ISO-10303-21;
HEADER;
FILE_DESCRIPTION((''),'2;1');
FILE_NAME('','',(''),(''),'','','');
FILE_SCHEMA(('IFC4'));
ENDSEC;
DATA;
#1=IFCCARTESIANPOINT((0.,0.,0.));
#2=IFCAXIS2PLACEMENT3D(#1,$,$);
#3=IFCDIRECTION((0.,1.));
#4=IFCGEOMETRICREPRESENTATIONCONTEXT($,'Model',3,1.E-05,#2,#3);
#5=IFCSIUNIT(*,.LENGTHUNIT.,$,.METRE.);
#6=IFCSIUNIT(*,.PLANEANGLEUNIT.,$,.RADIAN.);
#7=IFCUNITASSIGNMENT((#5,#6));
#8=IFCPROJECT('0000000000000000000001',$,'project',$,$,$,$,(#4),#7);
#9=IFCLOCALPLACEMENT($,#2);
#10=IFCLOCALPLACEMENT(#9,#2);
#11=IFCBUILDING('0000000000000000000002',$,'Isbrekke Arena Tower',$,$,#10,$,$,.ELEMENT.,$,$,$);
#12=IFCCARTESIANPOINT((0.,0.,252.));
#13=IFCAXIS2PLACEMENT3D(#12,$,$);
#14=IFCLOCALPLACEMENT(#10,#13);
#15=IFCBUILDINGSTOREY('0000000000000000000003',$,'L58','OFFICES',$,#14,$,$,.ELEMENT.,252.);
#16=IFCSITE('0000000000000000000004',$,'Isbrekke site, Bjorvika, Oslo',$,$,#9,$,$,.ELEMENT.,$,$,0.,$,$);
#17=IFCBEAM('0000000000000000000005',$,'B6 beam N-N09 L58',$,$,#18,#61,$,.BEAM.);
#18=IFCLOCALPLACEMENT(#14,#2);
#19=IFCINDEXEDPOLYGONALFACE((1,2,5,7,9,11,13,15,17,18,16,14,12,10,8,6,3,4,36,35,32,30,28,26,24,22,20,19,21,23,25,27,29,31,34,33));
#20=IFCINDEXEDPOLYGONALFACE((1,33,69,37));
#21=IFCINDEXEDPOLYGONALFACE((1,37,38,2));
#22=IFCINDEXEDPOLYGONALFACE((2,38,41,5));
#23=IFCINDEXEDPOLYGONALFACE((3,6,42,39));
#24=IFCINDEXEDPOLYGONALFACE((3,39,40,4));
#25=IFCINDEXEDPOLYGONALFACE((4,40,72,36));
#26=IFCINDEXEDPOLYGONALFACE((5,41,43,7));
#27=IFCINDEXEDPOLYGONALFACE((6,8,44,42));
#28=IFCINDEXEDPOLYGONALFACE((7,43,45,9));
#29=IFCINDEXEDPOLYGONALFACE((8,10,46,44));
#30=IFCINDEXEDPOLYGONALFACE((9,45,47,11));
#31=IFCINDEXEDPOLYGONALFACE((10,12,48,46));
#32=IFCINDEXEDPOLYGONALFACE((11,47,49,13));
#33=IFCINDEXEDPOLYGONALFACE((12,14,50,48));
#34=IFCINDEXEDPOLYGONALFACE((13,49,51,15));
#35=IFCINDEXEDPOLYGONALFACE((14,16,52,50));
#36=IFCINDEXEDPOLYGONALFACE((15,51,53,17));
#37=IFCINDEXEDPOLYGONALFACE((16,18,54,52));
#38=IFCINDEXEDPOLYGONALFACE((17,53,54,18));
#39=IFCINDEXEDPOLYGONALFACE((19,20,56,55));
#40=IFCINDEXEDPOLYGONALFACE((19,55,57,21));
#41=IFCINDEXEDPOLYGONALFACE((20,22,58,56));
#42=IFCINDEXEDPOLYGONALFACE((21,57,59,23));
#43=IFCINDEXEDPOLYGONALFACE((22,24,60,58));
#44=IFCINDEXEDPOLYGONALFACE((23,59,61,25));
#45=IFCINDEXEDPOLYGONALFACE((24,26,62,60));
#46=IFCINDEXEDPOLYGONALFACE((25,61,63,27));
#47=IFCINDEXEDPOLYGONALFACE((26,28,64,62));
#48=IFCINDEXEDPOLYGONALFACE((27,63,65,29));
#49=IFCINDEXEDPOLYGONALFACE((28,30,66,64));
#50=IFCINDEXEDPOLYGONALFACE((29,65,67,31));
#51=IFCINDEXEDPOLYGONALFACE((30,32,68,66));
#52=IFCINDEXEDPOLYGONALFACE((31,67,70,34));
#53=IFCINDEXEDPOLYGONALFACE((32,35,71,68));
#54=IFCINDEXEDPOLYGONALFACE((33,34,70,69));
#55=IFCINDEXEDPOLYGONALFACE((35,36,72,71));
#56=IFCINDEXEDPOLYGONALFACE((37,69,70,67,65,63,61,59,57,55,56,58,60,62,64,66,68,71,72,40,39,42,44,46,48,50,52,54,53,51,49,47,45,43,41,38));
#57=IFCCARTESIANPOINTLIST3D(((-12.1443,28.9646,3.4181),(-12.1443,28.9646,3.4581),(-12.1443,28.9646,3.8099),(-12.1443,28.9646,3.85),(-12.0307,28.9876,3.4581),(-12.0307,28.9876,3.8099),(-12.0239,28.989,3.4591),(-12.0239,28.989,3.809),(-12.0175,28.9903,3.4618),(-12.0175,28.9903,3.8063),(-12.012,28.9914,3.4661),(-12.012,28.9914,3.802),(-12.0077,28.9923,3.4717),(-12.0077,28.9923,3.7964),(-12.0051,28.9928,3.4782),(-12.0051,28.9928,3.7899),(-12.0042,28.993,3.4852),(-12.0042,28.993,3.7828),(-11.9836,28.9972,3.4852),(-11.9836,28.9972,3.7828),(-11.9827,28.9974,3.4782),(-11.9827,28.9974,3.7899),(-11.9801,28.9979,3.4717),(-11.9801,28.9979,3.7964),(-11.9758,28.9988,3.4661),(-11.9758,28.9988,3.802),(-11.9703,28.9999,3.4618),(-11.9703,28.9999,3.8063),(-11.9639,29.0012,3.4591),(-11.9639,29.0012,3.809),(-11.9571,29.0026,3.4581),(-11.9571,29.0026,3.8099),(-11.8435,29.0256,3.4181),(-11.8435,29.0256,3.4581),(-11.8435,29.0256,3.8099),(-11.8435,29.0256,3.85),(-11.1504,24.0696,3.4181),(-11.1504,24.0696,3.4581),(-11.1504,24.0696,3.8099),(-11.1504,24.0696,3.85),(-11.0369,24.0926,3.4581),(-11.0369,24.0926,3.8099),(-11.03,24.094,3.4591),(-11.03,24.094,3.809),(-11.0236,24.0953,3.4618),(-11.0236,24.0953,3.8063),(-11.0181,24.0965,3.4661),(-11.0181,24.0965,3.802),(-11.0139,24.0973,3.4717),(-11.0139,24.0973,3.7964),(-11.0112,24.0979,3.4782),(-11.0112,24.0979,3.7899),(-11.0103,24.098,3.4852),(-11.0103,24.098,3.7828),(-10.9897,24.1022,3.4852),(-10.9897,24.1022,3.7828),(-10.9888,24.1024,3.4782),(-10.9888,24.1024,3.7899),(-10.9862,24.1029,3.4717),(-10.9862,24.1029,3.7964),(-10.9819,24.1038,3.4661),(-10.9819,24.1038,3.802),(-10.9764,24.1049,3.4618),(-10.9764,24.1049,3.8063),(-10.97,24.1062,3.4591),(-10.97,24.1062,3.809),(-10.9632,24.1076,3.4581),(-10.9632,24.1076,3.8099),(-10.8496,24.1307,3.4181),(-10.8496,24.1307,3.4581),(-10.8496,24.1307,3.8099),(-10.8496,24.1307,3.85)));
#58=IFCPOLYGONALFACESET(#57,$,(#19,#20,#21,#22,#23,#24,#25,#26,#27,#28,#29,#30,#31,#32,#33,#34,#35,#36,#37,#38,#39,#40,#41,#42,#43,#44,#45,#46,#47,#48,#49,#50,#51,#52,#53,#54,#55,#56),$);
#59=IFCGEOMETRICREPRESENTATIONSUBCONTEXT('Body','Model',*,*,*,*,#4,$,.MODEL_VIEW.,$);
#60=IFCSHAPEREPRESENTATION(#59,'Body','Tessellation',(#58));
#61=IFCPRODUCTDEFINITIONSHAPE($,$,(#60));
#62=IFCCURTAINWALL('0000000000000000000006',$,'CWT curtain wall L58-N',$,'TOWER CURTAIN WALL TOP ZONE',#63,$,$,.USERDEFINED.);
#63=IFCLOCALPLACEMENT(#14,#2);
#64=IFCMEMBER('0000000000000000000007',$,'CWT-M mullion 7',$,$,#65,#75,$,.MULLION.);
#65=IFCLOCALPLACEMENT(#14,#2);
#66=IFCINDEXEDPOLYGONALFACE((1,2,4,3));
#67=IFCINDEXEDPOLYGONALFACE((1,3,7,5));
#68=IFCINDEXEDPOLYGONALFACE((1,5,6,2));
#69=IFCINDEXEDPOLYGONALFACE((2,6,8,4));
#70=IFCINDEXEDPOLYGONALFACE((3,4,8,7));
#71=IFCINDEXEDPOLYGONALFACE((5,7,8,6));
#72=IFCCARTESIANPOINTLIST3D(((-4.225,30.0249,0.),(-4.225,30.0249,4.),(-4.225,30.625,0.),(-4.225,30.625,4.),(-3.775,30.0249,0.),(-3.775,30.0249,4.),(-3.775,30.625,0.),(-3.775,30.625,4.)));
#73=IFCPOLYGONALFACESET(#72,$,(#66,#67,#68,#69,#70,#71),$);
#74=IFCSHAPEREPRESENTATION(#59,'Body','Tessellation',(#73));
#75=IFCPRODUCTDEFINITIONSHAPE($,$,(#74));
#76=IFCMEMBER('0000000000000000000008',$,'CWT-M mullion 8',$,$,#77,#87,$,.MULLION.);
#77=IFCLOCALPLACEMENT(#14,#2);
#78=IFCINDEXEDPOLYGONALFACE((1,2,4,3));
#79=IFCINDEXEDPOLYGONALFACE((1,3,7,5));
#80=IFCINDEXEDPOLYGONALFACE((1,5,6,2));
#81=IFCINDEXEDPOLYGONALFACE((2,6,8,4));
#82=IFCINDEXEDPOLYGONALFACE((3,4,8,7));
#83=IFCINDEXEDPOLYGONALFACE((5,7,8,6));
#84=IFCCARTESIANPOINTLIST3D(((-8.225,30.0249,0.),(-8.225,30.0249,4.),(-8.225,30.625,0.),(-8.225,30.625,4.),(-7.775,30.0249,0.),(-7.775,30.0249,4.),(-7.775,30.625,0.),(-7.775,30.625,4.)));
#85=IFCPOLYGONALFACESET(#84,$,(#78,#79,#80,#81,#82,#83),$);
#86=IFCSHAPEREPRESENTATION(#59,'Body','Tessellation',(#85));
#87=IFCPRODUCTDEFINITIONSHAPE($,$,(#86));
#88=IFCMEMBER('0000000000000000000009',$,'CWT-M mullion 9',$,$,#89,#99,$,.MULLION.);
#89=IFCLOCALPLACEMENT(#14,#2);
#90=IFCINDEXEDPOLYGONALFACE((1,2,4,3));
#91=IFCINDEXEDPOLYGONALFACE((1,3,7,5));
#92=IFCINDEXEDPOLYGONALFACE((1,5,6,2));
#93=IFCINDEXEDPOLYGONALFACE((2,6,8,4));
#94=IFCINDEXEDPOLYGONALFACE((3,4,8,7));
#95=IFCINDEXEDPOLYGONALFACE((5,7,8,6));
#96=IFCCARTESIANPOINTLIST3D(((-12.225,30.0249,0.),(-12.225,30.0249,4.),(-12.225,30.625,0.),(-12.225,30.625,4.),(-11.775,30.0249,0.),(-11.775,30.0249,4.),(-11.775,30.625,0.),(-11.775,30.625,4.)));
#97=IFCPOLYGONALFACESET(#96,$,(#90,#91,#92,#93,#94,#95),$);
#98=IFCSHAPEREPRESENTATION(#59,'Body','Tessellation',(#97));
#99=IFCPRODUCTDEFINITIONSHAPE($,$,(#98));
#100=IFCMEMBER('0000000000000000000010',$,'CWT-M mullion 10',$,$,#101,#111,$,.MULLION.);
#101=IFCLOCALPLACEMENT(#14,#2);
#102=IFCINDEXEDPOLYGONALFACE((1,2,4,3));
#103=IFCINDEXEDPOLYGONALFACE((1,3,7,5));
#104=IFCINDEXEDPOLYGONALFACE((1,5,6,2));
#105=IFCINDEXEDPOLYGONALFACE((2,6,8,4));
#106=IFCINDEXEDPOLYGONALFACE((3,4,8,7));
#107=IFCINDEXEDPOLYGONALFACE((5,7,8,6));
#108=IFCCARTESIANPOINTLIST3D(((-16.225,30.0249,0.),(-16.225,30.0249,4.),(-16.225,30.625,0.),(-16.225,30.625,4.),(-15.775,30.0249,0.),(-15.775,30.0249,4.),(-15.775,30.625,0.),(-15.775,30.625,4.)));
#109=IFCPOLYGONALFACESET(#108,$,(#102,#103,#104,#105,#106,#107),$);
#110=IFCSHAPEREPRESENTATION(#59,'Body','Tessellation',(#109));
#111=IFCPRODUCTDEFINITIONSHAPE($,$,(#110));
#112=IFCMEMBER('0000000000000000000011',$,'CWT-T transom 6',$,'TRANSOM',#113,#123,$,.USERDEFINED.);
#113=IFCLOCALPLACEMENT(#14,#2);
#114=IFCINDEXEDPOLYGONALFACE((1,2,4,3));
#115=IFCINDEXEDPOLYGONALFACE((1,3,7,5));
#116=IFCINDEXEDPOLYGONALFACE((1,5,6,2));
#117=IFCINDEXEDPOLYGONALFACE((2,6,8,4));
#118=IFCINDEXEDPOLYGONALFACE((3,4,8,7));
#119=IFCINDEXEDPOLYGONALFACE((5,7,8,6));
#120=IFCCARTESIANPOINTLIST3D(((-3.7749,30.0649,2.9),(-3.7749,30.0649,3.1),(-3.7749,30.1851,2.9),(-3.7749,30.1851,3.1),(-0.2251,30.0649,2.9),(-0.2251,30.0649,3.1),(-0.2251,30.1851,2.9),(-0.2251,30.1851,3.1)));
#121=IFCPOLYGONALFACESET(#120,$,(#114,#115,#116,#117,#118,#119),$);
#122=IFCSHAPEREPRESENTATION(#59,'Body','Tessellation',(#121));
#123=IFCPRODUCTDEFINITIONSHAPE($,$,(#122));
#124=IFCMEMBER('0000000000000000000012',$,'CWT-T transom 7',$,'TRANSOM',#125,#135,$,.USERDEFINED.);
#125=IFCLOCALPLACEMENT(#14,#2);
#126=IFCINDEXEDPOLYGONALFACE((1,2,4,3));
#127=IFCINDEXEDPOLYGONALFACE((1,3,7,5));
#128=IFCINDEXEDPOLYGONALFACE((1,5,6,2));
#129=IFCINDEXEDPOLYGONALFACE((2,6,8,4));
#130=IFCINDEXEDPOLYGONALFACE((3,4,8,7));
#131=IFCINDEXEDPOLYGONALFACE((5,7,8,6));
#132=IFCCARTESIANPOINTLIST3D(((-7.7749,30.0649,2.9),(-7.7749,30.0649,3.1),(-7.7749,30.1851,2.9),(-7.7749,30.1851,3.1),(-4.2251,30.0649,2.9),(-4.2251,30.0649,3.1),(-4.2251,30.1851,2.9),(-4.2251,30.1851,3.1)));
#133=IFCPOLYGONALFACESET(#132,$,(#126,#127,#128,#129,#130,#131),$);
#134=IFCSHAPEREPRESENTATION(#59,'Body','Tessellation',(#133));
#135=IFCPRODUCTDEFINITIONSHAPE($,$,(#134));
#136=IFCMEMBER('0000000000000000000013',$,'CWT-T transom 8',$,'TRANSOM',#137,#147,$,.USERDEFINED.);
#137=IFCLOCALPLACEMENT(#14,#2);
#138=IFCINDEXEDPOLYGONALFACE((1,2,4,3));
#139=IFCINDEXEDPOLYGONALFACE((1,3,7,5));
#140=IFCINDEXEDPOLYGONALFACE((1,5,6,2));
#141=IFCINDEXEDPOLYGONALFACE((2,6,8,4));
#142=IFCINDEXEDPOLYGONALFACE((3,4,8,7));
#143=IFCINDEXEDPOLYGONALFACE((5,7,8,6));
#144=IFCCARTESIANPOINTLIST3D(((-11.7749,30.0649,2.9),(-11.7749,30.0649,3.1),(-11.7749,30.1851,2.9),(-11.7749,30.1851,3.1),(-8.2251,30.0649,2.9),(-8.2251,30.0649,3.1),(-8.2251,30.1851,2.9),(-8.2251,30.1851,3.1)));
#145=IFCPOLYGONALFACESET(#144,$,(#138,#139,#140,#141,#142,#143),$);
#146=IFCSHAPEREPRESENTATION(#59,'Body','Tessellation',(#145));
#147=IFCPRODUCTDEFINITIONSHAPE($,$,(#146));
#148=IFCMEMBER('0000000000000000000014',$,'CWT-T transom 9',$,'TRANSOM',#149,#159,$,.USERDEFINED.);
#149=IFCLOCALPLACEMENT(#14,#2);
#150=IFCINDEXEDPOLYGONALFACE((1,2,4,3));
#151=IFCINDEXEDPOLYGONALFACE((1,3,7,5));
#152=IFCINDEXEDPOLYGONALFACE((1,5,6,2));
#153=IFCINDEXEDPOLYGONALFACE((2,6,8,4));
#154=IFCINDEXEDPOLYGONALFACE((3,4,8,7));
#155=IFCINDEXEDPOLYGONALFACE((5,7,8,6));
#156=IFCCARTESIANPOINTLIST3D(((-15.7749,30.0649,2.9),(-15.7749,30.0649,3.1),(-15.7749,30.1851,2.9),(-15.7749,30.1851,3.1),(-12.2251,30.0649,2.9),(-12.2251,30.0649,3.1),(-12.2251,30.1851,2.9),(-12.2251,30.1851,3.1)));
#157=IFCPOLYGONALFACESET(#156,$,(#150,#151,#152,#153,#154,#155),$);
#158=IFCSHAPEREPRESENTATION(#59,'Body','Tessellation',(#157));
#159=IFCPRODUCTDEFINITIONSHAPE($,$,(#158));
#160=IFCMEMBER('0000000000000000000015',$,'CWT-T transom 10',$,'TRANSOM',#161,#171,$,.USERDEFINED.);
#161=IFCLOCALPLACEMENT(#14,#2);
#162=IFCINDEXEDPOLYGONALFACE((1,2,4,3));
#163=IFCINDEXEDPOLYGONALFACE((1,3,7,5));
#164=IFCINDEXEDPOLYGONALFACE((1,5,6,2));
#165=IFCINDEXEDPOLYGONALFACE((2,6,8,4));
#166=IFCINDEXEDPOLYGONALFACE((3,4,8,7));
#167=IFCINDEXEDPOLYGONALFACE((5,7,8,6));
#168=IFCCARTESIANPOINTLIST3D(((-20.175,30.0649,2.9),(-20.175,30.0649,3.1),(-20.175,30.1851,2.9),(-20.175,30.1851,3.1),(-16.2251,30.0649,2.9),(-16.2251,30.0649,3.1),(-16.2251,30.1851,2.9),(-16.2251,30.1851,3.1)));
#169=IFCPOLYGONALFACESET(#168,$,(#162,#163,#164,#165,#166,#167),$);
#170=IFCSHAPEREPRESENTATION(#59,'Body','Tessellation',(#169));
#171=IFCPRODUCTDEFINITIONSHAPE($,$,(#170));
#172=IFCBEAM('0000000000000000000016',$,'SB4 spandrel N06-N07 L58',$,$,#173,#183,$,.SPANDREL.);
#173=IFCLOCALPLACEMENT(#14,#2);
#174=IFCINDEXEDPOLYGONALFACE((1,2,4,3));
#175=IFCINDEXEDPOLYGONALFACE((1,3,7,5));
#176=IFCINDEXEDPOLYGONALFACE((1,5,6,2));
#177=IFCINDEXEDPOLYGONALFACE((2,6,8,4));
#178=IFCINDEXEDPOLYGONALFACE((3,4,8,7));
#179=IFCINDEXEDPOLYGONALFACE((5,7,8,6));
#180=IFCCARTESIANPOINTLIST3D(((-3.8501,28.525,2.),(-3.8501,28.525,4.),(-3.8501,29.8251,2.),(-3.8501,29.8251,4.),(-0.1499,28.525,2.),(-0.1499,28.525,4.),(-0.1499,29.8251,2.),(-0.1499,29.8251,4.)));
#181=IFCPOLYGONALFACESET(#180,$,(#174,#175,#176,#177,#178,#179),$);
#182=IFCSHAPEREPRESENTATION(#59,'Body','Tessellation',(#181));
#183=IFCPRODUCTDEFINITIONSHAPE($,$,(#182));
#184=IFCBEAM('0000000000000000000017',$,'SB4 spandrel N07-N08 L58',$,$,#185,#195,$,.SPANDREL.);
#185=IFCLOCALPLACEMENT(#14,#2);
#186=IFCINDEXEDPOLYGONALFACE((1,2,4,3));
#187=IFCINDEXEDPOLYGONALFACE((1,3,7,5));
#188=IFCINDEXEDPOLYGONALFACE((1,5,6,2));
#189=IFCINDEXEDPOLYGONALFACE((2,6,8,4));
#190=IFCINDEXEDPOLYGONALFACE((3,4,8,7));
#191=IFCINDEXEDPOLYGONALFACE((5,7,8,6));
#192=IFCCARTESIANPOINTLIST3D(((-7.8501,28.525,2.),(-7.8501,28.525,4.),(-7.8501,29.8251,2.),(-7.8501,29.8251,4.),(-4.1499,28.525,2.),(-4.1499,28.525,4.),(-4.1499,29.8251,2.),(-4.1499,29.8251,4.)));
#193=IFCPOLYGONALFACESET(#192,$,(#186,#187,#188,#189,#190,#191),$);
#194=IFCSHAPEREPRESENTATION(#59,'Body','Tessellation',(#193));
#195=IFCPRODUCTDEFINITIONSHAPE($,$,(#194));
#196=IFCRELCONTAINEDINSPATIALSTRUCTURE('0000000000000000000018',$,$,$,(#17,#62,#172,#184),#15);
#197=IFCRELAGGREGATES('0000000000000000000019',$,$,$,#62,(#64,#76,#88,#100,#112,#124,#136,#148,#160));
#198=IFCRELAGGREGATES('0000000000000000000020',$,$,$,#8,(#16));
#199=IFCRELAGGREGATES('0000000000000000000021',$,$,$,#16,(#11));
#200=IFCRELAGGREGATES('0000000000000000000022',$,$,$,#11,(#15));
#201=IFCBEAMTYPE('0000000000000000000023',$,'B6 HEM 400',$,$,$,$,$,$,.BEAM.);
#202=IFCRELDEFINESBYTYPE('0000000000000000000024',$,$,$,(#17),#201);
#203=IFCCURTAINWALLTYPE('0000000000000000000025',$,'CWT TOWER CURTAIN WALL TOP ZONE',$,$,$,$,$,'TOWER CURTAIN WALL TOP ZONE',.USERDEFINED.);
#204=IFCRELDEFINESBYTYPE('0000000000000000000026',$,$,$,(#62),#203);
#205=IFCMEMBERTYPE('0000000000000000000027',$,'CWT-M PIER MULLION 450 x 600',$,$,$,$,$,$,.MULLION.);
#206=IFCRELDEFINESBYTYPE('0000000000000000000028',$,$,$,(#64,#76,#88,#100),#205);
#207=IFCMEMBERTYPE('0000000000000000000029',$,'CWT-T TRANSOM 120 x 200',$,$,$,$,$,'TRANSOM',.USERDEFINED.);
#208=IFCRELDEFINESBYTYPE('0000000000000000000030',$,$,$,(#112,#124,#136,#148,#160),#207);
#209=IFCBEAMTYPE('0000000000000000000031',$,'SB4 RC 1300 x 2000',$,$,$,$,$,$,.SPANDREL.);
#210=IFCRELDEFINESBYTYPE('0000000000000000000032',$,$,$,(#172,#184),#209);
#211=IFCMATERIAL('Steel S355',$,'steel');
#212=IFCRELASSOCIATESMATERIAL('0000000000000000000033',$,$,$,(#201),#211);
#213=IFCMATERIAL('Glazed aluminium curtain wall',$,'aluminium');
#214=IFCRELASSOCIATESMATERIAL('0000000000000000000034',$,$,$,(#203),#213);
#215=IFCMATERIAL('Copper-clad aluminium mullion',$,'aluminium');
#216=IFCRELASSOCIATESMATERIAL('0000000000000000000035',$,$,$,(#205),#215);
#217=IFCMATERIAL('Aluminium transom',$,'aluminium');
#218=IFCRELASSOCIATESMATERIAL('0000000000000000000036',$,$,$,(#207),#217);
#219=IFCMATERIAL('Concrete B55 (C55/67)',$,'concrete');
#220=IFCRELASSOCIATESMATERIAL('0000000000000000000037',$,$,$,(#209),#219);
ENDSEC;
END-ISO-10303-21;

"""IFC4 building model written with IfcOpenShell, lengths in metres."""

from ifc_helpers import new_model, si_unit, direction, frame, origin, origin_2d, place, context, subcontext, project, spatial, rectangle, i_section, extrude, material, material_profile, profile_set, type_object, element, aggregate, save


model = new_model("IFC4")

# Units and contexts
model_context = context("Model", 3, precision=1e-05, world=origin(), true_north=direction((0.0, 1.0)))
body_context = subcontext(model_context, "Body", "Model", "MODEL_VIEW")
ifc_project = project(units=[si_unit("LENGTHUNIT", "METRE"), si_unit("PLANEANGLEUNIT", "RADIAN")], contexts=[model_context])

# Site, building, storey
site_placement = place(None, origin())
site = spatial("IfcSite", under=ifc_project, at=site_placement, Name="Isbrekke site, Bjorvika, Oslo", CompositionType="ELEMENT", RefElevation=0.0)
building_placement = place(site_placement, origin())
building = spatial("IfcBuilding", under=site, at=building_placement, Name="Isbrekke Arena Tower", CompositionType="ELEMENT")
storey_placement = place(building_placement, frame((0.0, 0.0, 252.0)))
storey = spatial("IfcBuildingStorey", under=building, at=storey_placement, Name="L58", Description="OFFICES", CompositionType="ELEMENT", Elevation=252.0)

# Beam
ifc_material_1 = material(Name="Steel S355", Category="steel")
ifc_material_profile_1 = material_profile(ifc_material_1, i_section(OverallWidth=0.3069, OverallDepth=0.4319, WebThickness=0.021, FlangeThickness=0.04, FilletRadius=0.0271, at=origin_2d()), Name="HEM 400")
ifc_profile_set_1 = profile_set([ifc_material_profile_1], Name="Steel S355")
beam_type_1 = type_object("IfcBeamType", Name="B6 HEM 400", PredefinedType="BEAM", material=ifc_profile_set_1)
beam_1_placement = place(storey_placement, frame((-11.9939, 28.9951, 3.634), z_axis=(0.198982, -0.980003, 0.0), x_axis=(0.980003, 0.198982, 0.0)))
element("IfcBeam", 1, at=beam_1_placement, inside=storey, type_object=beam_type_1, Name="B6 beam N-N09 L58", PredefinedType="BEAM", context=body_context, shape_type="SweptSolid", body=[
    extrude(i_section(OverallWidth=0.3069, OverallDepth=0.4319, WebThickness=0.021, FlangeThickness=0.04, FilletRadius=0.0271, at=origin_2d()), origin(), (0.0, 0.0, 1.0), 4.9949),
])

# Curtain wall, members
ifc_material_2 = material(Name="Glazed aluminium curtain wall", Category="aluminium")
curtain_wall_type = type_object("IfcCurtainWallType", Name="CWT TOWER CURTAIN WALL TOP ZONE", ElementType="TOWER CURTAIN WALL TOP ZONE", PredefinedType="USERDEFINED", material=ifc_material_2)
curtain_wall_placement = place(storey_placement, origin())
curtain_wall = element("IfcCurtainWall", 2, at=curtain_wall_placement, inside=storey, type_object=curtain_wall_type, Name="CWT curtain wall L58-N", ObjectType="TOWER CURTAIN WALL TOP ZONE", PredefinedType="USERDEFINED")
ifc_material_3 = material(Name="Copper-clad aluminium mullion", Category="aluminium")
ifc_material_profile_2 = material_profile(ifc_material_3, rectangle(XDim=0.45, YDim=0.6001, at=origin_2d()), Name="PIER 450X600")
ifc_profile_set_2 = profile_set([ifc_material_profile_2], Name="Copper-clad aluminium mullion")
member_type_1 = type_object("IfcMemberType", Name="CWT-M PIER MULLION 450 x 600", PredefinedType="MULLION", material=ifc_profile_set_2)
member_1_placement = place(storey_placement, frame((-4.0, 30.325, 0.0), z_axis=(0.0, 0.0, 1.0), x_axis=(-1.0, 0.0, 0.0)))
member_1 = element("IfcMember", 3, at=member_1_placement, type_object=member_type_1, Name="CWT-M mullion 7", PredefinedType="MULLION", context=body_context, shape_type="SweptSolid", body=[
    extrude(rectangle(XDim=0.45, YDim=0.6001, at=origin_2d()), origin(), (0.0, 0.0, 1.0), 4.0),
])
member_2_placement = place(storey_placement, frame((-8.0, 30.325, 0.0), z_axis=(0.0, 0.0, 1.0), x_axis=(-1.0, 0.0, 0.0)))
member_2 = element("IfcMember", 4, at=member_2_placement, type_object=member_type_1, Name="CWT-M mullion 8", PredefinedType="MULLION", context=body_context, shape_type="SweptSolid", body=[
    extrude(rectangle(XDim=0.45, YDim=0.6001, at=origin_2d()), origin(), (0.0, 0.0, 1.0), 4.0),
])
member_3_placement = place(storey_placement, frame((-12.0, 30.325, 0.0), z_axis=(0.0, 0.0, 1.0), x_axis=(-1.0, 0.0, 0.0)))
member_3 = element("IfcMember", 5, at=member_3_placement, type_object=member_type_1, Name="CWT-M mullion 9", PredefinedType="MULLION", context=body_context, shape_type="SweptSolid", body=[
    extrude(rectangle(XDim=0.45, YDim=0.6001, at=origin_2d()), origin(), (0.0, 0.0, 1.0), 4.0),
])
member_4_placement = place(storey_placement, frame((-16.0, 30.325, 0.0), z_axis=(0.0, 0.0, 1.0), x_axis=(-1.0, 0.0, 0.0)))
member_4 = element("IfcMember", 6, at=member_4_placement, type_object=member_type_1, Name="CWT-M mullion 10", PredefinedType="MULLION", context=body_context, shape_type="SweptSolid", body=[
    extrude(rectangle(XDim=0.45, YDim=0.6001, at=origin_2d()), origin(), (0.0, 0.0, 1.0), 4.0),
])
ifc_material_4 = material(Name="Aluminium transom", Category="aluminium")
ifc_material_profile_3 = material_profile(ifc_material_4, rectangle(XDim=0.1201, YDim=0.2, at=origin_2d()), Name="TRANSOM 120X200")
ifc_profile_set_3 = profile_set([ifc_material_profile_3], Name="Aluminium transom")
member_type_2 = type_object("IfcMemberType", Name="CWT-T TRANSOM 120 x 200", ElementType="TRANSOM", PredefinedType="USERDEFINED", material=ifc_profile_set_3)
member_5_placement = place(storey_placement, frame((-0.2251, 30.125, 3.0), z_axis=(-1.0, 0.0, 0.0), x_axis=(0.0, -1.0, 0.0)))
member_5 = element("IfcMember", 7, at=member_5_placement, type_object=member_type_2, Name="CWT-T transom 6", ObjectType="TRANSOM", PredefinedType="USERDEFINED", context=body_context, shape_type="SweptSolid", body=[
    extrude(rectangle(XDim=0.1201, YDim=0.2, at=origin_2d()), origin(), (0.0, 0.0, 1.0), 3.5498),
])
member_6_placement = place(storey_placement, frame((-4.2251, 30.125, 3.0), z_axis=(-1.0, 0.0, 0.0), x_axis=(0.0, -1.0, 0.0)))
member_6 = element("IfcMember", 8, at=member_6_placement, type_object=member_type_2, Name="CWT-T transom 7", ObjectType="TRANSOM", PredefinedType="USERDEFINED", context=body_context, shape_type="SweptSolid", body=[
    extrude(rectangle(XDim=0.1201, YDim=0.2, at=origin_2d()), origin(), (0.0, 0.0, 1.0), 3.5498),
])
member_7_placement = place(storey_placement, frame((-8.2251, 30.125, 3.0), z_axis=(-1.0, 0.0, 0.0), x_axis=(0.0, -1.0, 0.0)))
member_7 = element("IfcMember", 9, at=member_7_placement, type_object=member_type_2, Name="CWT-T transom 8", ObjectType="TRANSOM", PredefinedType="USERDEFINED", context=body_context, shape_type="SweptSolid", body=[
    extrude(rectangle(XDim=0.1201, YDim=0.2, at=origin_2d()), origin(), (0.0, 0.0, 1.0), 3.5498),
])
member_8_placement = place(storey_placement, frame((-12.2251, 30.125, 3.0), z_axis=(-1.0, 0.0, 0.0), x_axis=(0.0, -1.0, 0.0)))
member_8 = element("IfcMember", 10, at=member_8_placement, type_object=member_type_2, Name="CWT-T transom 9", ObjectType="TRANSOM", PredefinedType="USERDEFINED", context=body_context, shape_type="SweptSolid", body=[
    extrude(rectangle(XDim=0.1201, YDim=0.2, at=origin_2d()), origin(), (0.0, 0.0, 1.0), 3.5498),
])
member_9_placement = place(storey_placement, frame((-16.2251, 30.125, 3.0), z_axis=(-1.0, 0.0, 0.0), x_axis=(0.0, -1.0, 0.0)))
member_9 = element("IfcMember", 11, at=member_9_placement, type_object=member_type_2, Name="CWT-T transom 10", ObjectType="TRANSOM", PredefinedType="USERDEFINED", context=body_context, shape_type="SweptSolid", body=[
    extrude(rectangle(XDim=0.1201, YDim=0.2, at=origin_2d()), origin(), (0.0, 0.0, 1.0), 3.95),
])

# Beams
ifc_material_5 = material(Name="Concrete B55 (C55/67)", Category="concrete")
ifc_material_profile_4 = material_profile(ifc_material_5, rectangle(XDim=1.3, YDim=2.0, at=origin_2d()), Name="RC 1300x2000")
ifc_profile_set_4 = profile_set([ifc_material_profile_4], Name="Concrete B55 (C55/67)")
beam_type_2 = type_object("IfcBeamType", Name="SB4 RC 1300 x 2000", PredefinedType="SPANDREL", material=ifc_profile_set_4)
for number, where, z_axis, x_axis, name in (
    (12, (-0.1499, 29.175, 3.0), (-1.0, 0.0, 0.0), (0.0, -1.0, 0.0), "SB4 spandrel N06-N07 L58"),
    (13, (-4.1499, 29.175, 3.0), (-1.0, 0.0, 0.0), (0.0, -1.0, 0.0), "SB4 spandrel N07-N08 L58"),
):
    element("IfcBeam", number, at=place(storey_placement, frame(where, z_axis=z_axis, x_axis=x_axis)), inside=storey, type_object=beam_type_2, Name=name, PredefinedType="SPANDREL", context=body_context, shape_type="SweptSolid", body=[
        extrude(rectangle(XDim=1.3, YDim=2.0, at=origin_2d()), origin(), (0.0, 0.0, 1.0), 3.7002),
    ])

aggregate(curtain_wall, [member_1, member_2, member_3, member_4, member_5, member_6, member_7, member_8, member_9])

save(model, "model.ifc")
